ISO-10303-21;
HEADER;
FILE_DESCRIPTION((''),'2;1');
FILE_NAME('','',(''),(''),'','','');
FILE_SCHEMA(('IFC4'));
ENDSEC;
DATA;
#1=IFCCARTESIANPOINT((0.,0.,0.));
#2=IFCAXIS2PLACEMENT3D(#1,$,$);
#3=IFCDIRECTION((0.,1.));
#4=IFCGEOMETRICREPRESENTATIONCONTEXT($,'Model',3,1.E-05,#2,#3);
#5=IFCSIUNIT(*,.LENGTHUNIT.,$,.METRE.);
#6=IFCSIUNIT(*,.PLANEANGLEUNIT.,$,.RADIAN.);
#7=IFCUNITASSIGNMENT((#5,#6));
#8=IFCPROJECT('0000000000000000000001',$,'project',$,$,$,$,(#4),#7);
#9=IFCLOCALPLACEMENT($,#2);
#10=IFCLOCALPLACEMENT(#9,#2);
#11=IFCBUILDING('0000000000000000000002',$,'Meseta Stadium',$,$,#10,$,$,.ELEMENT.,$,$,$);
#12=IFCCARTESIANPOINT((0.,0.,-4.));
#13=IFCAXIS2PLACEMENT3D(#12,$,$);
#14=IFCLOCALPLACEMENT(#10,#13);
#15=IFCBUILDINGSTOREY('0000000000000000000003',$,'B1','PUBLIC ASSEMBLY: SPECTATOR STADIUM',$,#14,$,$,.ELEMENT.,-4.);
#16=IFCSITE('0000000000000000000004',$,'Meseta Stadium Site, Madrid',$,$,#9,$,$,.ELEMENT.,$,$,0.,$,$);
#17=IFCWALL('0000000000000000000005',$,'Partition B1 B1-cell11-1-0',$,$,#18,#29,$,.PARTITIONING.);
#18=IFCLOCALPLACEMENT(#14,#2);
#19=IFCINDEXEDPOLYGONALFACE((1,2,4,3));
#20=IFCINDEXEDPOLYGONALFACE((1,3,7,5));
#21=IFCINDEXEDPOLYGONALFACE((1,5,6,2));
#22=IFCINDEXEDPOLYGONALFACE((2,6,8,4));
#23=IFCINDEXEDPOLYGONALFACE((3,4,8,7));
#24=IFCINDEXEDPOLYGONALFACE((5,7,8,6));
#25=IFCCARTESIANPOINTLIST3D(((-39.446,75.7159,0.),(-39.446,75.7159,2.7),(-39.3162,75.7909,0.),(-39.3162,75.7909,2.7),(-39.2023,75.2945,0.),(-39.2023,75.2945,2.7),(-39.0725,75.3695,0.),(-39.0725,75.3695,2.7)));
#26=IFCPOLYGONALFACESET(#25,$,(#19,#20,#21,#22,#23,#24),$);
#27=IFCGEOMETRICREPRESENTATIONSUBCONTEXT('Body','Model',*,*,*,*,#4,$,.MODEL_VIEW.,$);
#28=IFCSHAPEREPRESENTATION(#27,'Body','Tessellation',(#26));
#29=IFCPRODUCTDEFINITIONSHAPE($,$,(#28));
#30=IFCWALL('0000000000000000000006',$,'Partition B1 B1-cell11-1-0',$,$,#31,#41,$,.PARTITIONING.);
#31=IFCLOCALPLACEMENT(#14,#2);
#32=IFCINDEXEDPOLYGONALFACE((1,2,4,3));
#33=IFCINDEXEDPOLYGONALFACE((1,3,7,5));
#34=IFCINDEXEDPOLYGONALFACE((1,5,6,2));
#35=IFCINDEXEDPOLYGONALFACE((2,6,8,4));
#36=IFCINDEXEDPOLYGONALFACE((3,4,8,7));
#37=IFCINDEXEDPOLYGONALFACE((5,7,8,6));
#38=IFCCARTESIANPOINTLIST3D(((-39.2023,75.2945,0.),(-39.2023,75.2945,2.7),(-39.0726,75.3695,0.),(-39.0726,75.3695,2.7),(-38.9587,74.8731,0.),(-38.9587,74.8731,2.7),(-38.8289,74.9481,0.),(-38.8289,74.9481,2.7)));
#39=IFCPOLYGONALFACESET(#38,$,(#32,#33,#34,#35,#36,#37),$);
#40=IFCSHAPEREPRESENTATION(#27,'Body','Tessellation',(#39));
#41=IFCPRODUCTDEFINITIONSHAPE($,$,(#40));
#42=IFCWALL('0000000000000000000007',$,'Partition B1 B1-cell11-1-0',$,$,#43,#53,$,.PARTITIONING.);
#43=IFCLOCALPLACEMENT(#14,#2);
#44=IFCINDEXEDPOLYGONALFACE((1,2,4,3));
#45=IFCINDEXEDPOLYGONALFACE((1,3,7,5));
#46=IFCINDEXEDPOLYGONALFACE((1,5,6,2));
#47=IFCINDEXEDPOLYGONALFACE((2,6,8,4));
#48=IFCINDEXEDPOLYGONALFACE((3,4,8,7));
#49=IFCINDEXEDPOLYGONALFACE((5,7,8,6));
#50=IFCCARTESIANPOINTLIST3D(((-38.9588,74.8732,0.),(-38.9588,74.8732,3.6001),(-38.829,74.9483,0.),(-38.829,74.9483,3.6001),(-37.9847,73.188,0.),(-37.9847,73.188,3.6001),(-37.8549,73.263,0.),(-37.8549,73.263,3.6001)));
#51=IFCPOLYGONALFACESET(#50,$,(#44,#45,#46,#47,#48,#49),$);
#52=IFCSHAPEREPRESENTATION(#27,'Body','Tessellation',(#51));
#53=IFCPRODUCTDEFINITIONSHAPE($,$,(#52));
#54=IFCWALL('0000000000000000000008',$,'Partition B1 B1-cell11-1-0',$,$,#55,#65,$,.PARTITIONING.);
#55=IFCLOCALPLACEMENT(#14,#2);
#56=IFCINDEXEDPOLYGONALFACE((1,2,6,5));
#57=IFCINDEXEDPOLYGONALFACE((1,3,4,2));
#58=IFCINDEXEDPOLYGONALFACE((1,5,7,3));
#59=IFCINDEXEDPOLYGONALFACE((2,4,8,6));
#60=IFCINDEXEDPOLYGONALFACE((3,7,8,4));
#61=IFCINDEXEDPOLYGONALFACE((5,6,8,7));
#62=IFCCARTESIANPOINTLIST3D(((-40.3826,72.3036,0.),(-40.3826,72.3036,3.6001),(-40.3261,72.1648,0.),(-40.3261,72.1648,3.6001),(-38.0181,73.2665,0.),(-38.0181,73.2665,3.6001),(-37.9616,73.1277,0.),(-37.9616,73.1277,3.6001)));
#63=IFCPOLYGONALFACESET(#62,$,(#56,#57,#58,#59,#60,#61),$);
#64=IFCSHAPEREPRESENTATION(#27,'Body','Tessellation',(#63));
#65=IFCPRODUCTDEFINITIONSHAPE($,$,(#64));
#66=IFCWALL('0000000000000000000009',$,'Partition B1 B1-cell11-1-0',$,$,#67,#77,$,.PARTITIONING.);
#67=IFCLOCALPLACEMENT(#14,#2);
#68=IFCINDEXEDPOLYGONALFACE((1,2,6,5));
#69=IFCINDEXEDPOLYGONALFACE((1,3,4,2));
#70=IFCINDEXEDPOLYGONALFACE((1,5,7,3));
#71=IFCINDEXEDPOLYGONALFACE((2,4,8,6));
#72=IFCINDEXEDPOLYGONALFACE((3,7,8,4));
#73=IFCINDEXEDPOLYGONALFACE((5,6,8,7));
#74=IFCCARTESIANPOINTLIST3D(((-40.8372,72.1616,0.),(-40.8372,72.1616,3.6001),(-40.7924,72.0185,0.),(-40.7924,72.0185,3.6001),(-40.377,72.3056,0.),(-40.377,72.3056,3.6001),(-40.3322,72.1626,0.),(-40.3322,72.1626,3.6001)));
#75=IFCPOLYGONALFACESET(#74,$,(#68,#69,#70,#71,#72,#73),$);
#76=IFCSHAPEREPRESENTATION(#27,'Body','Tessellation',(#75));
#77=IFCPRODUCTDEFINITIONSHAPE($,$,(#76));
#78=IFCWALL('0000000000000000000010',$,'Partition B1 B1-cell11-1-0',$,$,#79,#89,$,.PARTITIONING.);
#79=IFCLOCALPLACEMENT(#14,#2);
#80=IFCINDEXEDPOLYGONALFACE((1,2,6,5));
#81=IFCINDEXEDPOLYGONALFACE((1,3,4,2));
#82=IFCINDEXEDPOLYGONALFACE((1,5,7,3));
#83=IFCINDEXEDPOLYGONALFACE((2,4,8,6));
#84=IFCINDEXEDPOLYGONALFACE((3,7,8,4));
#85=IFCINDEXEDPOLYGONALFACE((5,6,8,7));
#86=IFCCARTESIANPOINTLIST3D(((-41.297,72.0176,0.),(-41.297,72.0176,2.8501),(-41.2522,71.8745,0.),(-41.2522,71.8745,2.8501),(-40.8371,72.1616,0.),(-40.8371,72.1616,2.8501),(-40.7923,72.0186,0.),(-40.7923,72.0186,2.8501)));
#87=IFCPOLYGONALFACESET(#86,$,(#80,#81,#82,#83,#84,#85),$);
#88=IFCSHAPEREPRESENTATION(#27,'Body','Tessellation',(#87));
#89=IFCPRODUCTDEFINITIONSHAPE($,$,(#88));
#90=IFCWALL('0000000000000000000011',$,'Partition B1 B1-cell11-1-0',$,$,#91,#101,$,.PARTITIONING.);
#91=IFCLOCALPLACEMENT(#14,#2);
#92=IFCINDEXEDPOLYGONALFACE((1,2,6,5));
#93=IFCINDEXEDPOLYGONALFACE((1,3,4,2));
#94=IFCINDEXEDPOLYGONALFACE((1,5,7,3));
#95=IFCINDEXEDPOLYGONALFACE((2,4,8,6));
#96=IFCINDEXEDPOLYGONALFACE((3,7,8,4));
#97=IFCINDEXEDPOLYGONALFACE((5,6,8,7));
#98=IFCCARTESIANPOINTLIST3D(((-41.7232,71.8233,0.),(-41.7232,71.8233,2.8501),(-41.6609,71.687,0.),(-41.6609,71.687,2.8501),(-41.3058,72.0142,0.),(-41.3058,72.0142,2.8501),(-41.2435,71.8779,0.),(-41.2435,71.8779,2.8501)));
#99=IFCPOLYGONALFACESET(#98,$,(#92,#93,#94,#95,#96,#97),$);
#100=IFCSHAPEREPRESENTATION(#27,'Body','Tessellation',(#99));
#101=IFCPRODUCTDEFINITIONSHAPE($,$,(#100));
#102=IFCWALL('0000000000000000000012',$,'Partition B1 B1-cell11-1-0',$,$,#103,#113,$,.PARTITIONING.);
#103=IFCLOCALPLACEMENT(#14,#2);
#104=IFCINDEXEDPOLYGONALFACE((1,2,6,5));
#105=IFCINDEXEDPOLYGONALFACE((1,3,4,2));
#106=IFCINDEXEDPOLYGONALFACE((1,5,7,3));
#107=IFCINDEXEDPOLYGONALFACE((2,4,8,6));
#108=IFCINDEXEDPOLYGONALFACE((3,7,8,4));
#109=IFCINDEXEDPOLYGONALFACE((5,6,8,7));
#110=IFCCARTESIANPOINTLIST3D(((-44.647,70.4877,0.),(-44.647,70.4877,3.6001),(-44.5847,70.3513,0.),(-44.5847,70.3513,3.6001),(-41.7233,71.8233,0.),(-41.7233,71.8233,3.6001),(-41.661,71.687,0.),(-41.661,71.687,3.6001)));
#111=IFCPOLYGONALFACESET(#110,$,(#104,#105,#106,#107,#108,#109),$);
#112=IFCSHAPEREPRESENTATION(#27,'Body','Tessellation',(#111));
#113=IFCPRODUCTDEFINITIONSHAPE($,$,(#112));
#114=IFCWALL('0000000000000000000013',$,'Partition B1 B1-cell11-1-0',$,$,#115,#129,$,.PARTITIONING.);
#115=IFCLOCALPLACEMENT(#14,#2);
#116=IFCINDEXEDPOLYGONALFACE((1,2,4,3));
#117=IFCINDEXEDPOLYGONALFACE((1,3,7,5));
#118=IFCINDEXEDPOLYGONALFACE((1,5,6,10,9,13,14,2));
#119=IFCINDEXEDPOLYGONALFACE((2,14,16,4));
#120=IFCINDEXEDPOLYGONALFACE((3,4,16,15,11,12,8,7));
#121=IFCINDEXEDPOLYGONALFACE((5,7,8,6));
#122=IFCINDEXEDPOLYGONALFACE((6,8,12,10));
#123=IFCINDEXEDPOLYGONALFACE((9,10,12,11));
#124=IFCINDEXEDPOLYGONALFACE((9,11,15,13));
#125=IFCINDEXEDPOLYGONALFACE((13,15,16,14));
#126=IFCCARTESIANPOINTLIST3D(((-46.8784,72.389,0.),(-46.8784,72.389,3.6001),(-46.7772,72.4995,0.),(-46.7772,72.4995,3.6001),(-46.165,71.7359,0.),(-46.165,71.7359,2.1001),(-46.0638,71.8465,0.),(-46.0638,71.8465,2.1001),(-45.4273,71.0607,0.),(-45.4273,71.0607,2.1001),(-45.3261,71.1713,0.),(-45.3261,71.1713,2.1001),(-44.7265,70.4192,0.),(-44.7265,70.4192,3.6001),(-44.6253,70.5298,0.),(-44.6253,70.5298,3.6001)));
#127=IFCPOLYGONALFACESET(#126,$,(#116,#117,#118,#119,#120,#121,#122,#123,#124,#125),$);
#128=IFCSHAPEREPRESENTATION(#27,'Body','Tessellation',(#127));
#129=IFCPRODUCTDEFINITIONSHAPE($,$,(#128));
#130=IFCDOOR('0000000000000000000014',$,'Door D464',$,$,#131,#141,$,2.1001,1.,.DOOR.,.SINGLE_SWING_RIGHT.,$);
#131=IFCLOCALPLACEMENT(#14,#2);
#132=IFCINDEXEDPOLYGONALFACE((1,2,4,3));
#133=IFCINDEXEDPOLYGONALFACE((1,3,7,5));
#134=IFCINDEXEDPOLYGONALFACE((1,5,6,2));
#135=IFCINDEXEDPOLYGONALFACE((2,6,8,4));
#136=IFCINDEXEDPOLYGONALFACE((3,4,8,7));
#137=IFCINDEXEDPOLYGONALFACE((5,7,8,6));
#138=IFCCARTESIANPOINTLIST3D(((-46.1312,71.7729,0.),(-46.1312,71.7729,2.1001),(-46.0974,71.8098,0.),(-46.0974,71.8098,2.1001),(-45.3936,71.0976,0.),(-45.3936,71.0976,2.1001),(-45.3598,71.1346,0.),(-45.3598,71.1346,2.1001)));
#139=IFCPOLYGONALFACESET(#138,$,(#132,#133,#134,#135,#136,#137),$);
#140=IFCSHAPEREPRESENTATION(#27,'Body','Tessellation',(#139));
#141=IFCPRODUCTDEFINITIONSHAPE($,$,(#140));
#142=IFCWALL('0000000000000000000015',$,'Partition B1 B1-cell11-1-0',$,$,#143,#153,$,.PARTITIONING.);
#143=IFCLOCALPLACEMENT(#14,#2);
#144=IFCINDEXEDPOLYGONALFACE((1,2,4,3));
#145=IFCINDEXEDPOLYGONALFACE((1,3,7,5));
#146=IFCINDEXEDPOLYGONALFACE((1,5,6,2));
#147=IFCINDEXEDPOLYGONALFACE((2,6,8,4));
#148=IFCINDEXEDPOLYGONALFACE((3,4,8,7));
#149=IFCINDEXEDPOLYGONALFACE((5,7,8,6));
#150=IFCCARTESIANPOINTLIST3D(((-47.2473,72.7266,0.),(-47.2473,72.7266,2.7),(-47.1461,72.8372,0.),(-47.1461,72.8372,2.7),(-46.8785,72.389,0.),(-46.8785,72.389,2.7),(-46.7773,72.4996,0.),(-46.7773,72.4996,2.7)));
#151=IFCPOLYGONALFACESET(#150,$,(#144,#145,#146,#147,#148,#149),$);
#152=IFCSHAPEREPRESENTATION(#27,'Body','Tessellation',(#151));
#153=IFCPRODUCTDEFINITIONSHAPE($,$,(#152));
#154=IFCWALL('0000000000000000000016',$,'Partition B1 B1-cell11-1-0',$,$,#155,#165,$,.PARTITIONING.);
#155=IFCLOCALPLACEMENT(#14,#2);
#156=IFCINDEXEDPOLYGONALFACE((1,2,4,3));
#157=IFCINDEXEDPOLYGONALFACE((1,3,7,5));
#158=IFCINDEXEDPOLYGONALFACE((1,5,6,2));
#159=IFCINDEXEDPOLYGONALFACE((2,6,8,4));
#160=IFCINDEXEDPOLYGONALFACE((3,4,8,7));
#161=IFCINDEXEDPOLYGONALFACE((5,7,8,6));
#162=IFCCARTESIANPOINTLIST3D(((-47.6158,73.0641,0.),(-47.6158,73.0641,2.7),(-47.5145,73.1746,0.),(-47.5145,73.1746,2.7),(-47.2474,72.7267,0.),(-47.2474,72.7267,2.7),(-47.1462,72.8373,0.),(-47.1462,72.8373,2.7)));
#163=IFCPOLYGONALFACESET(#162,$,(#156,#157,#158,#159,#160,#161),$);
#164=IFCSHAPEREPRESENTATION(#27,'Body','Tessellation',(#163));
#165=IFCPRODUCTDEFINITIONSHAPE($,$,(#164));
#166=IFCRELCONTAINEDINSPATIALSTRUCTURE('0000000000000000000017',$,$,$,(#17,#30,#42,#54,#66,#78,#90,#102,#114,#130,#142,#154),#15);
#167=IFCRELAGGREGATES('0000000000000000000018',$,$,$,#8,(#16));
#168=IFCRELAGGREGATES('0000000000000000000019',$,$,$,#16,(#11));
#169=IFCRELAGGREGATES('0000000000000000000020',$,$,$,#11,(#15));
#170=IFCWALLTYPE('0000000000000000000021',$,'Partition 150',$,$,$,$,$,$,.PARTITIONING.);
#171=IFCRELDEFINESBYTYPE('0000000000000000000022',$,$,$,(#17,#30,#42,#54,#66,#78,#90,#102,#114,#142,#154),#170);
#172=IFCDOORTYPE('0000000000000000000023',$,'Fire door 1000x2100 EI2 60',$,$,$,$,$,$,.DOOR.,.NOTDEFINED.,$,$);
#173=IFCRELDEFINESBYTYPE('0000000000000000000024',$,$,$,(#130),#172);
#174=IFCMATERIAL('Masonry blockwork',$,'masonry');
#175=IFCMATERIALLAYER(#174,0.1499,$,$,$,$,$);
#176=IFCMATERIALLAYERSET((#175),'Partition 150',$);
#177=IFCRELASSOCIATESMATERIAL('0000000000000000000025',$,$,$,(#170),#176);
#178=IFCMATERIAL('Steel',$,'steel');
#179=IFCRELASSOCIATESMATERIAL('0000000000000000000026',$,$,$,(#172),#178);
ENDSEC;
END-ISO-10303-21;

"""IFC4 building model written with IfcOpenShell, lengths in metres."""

from ifc_helpers import new_model, si_unit, direction, frame, frame_2d, origin, place, context, subcontext, project, spatial, rectangle, extrude, material, layer, layer_set, type_object, element, fill, save


model = new_model("IFC4")

# Units and contexts
model_context = context("Model", 3, precision=1e-05, world=origin(), true_north=direction((0.0, 1.0)))
body_context = subcontext(model_context, "Body", "Model", "MODEL_VIEW")
ifc_project = project(units=[si_unit("LENGTHUNIT", "METRE"), si_unit("PLANEANGLEUNIT", "RADIAN")], contexts=[model_context])

# Site, building, storey
site_placement = place(None, origin())
site = spatial("IfcSite", under=ifc_project, at=site_placement, Name="Meseta Stadium Site, Madrid", CompositionType="ELEMENT", RefElevation=0.0)
building_placement = place(site_placement, origin())
building = spatial("IfcBuilding", under=site, at=building_placement, Name="Meseta Stadium", CompositionType="ELEMENT")
storey_placement = place(building_placement, frame((0.0, 0.0, -4.0)))
storey = spatial("IfcBuildingStorey", under=building, at=storey_placement, Name="B1", Description="PUBLIC ASSEMBLY: SPECTATOR STADIUM", CompositionType="ELEMENT", Elevation=-4.0)

# Walls
ifc_material_1 = material(Name="Masonry blockwork", Category="masonry")
ifc_layer = layer(ifc_material_1, 0.1499)
ifc_layer_set = layer_set([ifc_layer], Name="Partition 150")
wall_type = type_object("IfcWallType", Name="Partition 150", PredefinedType="PARTITIONING", material=ifc_layer_set)
for number, where, z_axis, x_axis, name in (
    (1, (-39.3811, 75.7534, 0.0), (0.0, 0.0, 1.0), (0.500562, -0.865701, 0.0), "Partition B1 B1-cell11-1-0"),
    (2, (-39.1375, 75.332, 0.0), (0.0, 0.0, 1.0), (0.500562, -0.865701, 0.0), "Partition B1 B1-cell11-1-0"),
):
    element("IfcWall", number, at=place(storey_placement, frame(where, z_axis=z_axis, x_axis=x_axis)), inside=storey, type_object=wall_type, Name=name, PredefinedType="PARTITIONING", context=body_context, shape_type="SweptSolid", body=[
        extrude(rectangle(XDim=0.4868, YDim=0.1499, at=frame_2d((0.2434, 0.0))), origin(), (0.0, 0.0, 1.0), 2.7),
    ])
wall_1_placement = place(storey_placement, frame((-38.8938, 74.9106, 0.0), z_axis=(0.0, 0.0, 1.0), x_axis=(0.500428, -0.865778, 0.0)))
element("IfcWall", 3, at=wall_1_placement, inside=storey, type_object=wall_type, Name="Partition B1 B1-cell11-1-0", PredefinedType="PARTITIONING", context=body_context, shape_type="SweptSolid", body=[
    extrude(rectangle(XDim=1.9465, YDim=0.1499, at=frame_2d((0.9731, 0.0))), origin(), (0.0, 0.0, 1.0), 3.6001),
])
wall_2_placement = place(storey_placement, frame((-37.99, 73.197, 0.0), z_axis=(0.0, 0.0, 1.0), x_axis=(-0.926151, -0.377154, 0.0)))
element("IfcWall", 4, at=wall_2_placement, inside=storey, type_object=wall_type, Name="Partition B1 B1-cell11-1-0", PredefinedType="PARTITIONING", context=body_context, shape_type="SweptSolid", body=[
    extrude(rectangle(XDim=2.553, YDim=0.1499, at=frame_2d((1.2764, 0.0))), origin(), (0.0, 0.0, 1.0), 3.6001),
])
wall_3_placement = place(storey_placement, frame((-40.3545, 72.2341, 0.0), z_axis=(0.0, 0.0, 1.0), x_axis=(-0.954345, -0.298707, 0.0)))
element("IfcWall", 5, at=wall_3_placement, inside=storey, type_object=wall_type, Name="Partition B1 B1-cell11-1-0", PredefinedType="PARTITIONING", context=body_context, shape_type="SweptSolid", body=[
    extrude(rectangle(XDim=0.4822, YDim=0.1499, at=frame_2d((0.2412, 0.0))), origin(), (0.0, 0.0, 1.0), 3.6001),
])
wall_4_placement = place(storey_placement, frame((-40.8147, 72.0901, 0.0), z_axis=(0.0, 0.0, 1.0), x_axis=(-0.9543, -0.298852, 0.0)))
element("IfcWall", 6, at=wall_4_placement, inside=storey, type_object=wall_type, Name="Partition B1 B1-cell11-1-0", PredefinedType="PARTITIONING", context=body_context, shape_type="SweptSolid", body=[
    extrude(rectangle(XDim=0.4819, YDim=0.1499, at=frame_2d((0.241, 0.0))), origin(), (0.0, 0.0, 1.0), 2.8501),
])
wall_5_placement = place(storey_placement, frame((-41.2747, 71.946, 0.0), z_axis=(0.0, 0.0, 1.0), x_axis=(-0.909417, -0.415885, 0.0)))
element("IfcWall", 7, at=wall_5_placement, inside=storey, type_object=wall_type, Name="Partition B1 B1-cell11-1-0", PredefinedType="PARTITIONING", context=body_context, shape_type="SweptSolid", body=[
    extrude(rectangle(XDim=0.459, YDim=0.1499, at=frame_2d((0.2295, 0.0))), origin(), (0.0, 0.0, 1.0), 2.8501),
])
wall_6_placement = place(storey_placement, frame((-41.6921, 71.7551, 0.0), z_axis=(0.0, 0.0, 1.0), x_axis=(-0.909582, -0.415525, 0.0)))
element("IfcWall", 8, at=wall_6_placement, inside=storey, type_object=wall_type, Name="Partition B1 B1-cell11-1-0", PredefinedType="PARTITIONING", context=body_context, shape_type="SweptSolid", body=[
    extrude(rectangle(XDim=3.2144, YDim=0.1499, at=frame_2d((1.6072, 0.0))), origin(), (0.0, 0.0, 1.0), 3.6001),
])

# Wall, opening, door
wall_7_placement = place(storey_placement, frame((-44.676, 70.4746, 0.0), z_axis=(0.0, 0.0, 1.0), x_axis=(-0.737633, 0.675201, 0.0)))
wall_7 = element("IfcWall", 9, at=wall_7_placement, inside=storey, type_object=wall_type, Name="Partition B1 B1-cell11-1-0", PredefinedType="PARTITIONING", context=body_context, shape_type="SweptSolid", body=[
    extrude(rectangle(XDim=2.9172, YDim=0.1499, at=frame_2d((1.4585, 0.0))), origin(), (0.0, 0.0, 1.0), 3.6001),
])
opening_placement = place(wall_7_placement, frame((0.95, 0.0, 0.0)))
opening = element("IfcOpeningElement", 10, at=opening_placement, cuts=wall_7, PredefinedType="OPENING", context=body_context, shape_type="SweptSolid", body=[
    extrude(rectangle(XDim=1.0, YDim=2.1001, at=frame_2d((0.5, 1.05))), frame((0.0, 0.085, 0.0), z_axis=(0.0, -1.0, 0.0), x_axis=(1.0, 0.0, 0.0)), (0.0, 0.0, 1.0), 0.1699),
])
ifc_material_2 = material(Name="Steel", Category="steel")
door_type = type_object("IfcDoorType", Name="Fire door 1000x2100 EI2 60", OperationType="NOTDEFINED", PredefinedType="DOOR", material=ifc_material_2)
door_placement = place(opening_placement, origin())
door = element("IfcDoor", 11, at=door_placement, inside=storey, type_object=door_type, Name="Door D464", OperationType="SINGLE_SWING_RIGHT", OverallHeight=2.1001, OverallWidth=1.0, PredefinedType="DOOR", context=body_context, shape_type="SweptSolid", body=[
    extrude(rectangle(XDim=1.0, YDim=2.1001, at=frame_2d((0.5, 1.05))), frame((0.0, 0.0249, 0.0), z_axis=(0.0, -1.0, 0.0), x_axis=(1.0, 0.0, 0.0)), (0.0, 0.0, 1.0), 0.05),
])
fill(opening, door)

# Walls
wall_8_placement = place(storey_placement, frame((-46.8279, 72.4443, 0.0), z_axis=(0.0, 0.0, 1.0), x_axis=(-0.737661, 0.675172, 0.0)))
element("IfcWall", 12, at=wall_8_placement, inside=storey, type_object=wall_type, Name="Partition B1 B1-cell11-1-0", PredefinedType="PARTITIONING", context=body_context, shape_type="SweptSolid", body=[
    extrude(rectangle(XDim=0.5, YDim=0.1499, at=frame_2d((0.25, 0.0))), origin(), (0.0, 0.0, 1.0), 2.7),
])
wall_9_placement = place(storey_placement, frame((-47.1968, 72.782, 0.0), z_axis=(0.0, 0.0, 1.0), x_axis=(-0.737458, 0.675393, 0.0)))
element("IfcWall", 13, at=wall_9_placement, inside=storey, type_object=wall_type, Name="Partition B1 B1-cell11-1-0", PredefinedType="PARTITIONING", context=body_context, shape_type="SweptSolid", body=[
    extrude(rectangle(XDim=0.4995, YDim=0.1499, at=frame_2d((0.2498, 0.0))), origin(), (0.0, 0.0, 1.0), 2.7),
])

save(model, "model.ifc")
